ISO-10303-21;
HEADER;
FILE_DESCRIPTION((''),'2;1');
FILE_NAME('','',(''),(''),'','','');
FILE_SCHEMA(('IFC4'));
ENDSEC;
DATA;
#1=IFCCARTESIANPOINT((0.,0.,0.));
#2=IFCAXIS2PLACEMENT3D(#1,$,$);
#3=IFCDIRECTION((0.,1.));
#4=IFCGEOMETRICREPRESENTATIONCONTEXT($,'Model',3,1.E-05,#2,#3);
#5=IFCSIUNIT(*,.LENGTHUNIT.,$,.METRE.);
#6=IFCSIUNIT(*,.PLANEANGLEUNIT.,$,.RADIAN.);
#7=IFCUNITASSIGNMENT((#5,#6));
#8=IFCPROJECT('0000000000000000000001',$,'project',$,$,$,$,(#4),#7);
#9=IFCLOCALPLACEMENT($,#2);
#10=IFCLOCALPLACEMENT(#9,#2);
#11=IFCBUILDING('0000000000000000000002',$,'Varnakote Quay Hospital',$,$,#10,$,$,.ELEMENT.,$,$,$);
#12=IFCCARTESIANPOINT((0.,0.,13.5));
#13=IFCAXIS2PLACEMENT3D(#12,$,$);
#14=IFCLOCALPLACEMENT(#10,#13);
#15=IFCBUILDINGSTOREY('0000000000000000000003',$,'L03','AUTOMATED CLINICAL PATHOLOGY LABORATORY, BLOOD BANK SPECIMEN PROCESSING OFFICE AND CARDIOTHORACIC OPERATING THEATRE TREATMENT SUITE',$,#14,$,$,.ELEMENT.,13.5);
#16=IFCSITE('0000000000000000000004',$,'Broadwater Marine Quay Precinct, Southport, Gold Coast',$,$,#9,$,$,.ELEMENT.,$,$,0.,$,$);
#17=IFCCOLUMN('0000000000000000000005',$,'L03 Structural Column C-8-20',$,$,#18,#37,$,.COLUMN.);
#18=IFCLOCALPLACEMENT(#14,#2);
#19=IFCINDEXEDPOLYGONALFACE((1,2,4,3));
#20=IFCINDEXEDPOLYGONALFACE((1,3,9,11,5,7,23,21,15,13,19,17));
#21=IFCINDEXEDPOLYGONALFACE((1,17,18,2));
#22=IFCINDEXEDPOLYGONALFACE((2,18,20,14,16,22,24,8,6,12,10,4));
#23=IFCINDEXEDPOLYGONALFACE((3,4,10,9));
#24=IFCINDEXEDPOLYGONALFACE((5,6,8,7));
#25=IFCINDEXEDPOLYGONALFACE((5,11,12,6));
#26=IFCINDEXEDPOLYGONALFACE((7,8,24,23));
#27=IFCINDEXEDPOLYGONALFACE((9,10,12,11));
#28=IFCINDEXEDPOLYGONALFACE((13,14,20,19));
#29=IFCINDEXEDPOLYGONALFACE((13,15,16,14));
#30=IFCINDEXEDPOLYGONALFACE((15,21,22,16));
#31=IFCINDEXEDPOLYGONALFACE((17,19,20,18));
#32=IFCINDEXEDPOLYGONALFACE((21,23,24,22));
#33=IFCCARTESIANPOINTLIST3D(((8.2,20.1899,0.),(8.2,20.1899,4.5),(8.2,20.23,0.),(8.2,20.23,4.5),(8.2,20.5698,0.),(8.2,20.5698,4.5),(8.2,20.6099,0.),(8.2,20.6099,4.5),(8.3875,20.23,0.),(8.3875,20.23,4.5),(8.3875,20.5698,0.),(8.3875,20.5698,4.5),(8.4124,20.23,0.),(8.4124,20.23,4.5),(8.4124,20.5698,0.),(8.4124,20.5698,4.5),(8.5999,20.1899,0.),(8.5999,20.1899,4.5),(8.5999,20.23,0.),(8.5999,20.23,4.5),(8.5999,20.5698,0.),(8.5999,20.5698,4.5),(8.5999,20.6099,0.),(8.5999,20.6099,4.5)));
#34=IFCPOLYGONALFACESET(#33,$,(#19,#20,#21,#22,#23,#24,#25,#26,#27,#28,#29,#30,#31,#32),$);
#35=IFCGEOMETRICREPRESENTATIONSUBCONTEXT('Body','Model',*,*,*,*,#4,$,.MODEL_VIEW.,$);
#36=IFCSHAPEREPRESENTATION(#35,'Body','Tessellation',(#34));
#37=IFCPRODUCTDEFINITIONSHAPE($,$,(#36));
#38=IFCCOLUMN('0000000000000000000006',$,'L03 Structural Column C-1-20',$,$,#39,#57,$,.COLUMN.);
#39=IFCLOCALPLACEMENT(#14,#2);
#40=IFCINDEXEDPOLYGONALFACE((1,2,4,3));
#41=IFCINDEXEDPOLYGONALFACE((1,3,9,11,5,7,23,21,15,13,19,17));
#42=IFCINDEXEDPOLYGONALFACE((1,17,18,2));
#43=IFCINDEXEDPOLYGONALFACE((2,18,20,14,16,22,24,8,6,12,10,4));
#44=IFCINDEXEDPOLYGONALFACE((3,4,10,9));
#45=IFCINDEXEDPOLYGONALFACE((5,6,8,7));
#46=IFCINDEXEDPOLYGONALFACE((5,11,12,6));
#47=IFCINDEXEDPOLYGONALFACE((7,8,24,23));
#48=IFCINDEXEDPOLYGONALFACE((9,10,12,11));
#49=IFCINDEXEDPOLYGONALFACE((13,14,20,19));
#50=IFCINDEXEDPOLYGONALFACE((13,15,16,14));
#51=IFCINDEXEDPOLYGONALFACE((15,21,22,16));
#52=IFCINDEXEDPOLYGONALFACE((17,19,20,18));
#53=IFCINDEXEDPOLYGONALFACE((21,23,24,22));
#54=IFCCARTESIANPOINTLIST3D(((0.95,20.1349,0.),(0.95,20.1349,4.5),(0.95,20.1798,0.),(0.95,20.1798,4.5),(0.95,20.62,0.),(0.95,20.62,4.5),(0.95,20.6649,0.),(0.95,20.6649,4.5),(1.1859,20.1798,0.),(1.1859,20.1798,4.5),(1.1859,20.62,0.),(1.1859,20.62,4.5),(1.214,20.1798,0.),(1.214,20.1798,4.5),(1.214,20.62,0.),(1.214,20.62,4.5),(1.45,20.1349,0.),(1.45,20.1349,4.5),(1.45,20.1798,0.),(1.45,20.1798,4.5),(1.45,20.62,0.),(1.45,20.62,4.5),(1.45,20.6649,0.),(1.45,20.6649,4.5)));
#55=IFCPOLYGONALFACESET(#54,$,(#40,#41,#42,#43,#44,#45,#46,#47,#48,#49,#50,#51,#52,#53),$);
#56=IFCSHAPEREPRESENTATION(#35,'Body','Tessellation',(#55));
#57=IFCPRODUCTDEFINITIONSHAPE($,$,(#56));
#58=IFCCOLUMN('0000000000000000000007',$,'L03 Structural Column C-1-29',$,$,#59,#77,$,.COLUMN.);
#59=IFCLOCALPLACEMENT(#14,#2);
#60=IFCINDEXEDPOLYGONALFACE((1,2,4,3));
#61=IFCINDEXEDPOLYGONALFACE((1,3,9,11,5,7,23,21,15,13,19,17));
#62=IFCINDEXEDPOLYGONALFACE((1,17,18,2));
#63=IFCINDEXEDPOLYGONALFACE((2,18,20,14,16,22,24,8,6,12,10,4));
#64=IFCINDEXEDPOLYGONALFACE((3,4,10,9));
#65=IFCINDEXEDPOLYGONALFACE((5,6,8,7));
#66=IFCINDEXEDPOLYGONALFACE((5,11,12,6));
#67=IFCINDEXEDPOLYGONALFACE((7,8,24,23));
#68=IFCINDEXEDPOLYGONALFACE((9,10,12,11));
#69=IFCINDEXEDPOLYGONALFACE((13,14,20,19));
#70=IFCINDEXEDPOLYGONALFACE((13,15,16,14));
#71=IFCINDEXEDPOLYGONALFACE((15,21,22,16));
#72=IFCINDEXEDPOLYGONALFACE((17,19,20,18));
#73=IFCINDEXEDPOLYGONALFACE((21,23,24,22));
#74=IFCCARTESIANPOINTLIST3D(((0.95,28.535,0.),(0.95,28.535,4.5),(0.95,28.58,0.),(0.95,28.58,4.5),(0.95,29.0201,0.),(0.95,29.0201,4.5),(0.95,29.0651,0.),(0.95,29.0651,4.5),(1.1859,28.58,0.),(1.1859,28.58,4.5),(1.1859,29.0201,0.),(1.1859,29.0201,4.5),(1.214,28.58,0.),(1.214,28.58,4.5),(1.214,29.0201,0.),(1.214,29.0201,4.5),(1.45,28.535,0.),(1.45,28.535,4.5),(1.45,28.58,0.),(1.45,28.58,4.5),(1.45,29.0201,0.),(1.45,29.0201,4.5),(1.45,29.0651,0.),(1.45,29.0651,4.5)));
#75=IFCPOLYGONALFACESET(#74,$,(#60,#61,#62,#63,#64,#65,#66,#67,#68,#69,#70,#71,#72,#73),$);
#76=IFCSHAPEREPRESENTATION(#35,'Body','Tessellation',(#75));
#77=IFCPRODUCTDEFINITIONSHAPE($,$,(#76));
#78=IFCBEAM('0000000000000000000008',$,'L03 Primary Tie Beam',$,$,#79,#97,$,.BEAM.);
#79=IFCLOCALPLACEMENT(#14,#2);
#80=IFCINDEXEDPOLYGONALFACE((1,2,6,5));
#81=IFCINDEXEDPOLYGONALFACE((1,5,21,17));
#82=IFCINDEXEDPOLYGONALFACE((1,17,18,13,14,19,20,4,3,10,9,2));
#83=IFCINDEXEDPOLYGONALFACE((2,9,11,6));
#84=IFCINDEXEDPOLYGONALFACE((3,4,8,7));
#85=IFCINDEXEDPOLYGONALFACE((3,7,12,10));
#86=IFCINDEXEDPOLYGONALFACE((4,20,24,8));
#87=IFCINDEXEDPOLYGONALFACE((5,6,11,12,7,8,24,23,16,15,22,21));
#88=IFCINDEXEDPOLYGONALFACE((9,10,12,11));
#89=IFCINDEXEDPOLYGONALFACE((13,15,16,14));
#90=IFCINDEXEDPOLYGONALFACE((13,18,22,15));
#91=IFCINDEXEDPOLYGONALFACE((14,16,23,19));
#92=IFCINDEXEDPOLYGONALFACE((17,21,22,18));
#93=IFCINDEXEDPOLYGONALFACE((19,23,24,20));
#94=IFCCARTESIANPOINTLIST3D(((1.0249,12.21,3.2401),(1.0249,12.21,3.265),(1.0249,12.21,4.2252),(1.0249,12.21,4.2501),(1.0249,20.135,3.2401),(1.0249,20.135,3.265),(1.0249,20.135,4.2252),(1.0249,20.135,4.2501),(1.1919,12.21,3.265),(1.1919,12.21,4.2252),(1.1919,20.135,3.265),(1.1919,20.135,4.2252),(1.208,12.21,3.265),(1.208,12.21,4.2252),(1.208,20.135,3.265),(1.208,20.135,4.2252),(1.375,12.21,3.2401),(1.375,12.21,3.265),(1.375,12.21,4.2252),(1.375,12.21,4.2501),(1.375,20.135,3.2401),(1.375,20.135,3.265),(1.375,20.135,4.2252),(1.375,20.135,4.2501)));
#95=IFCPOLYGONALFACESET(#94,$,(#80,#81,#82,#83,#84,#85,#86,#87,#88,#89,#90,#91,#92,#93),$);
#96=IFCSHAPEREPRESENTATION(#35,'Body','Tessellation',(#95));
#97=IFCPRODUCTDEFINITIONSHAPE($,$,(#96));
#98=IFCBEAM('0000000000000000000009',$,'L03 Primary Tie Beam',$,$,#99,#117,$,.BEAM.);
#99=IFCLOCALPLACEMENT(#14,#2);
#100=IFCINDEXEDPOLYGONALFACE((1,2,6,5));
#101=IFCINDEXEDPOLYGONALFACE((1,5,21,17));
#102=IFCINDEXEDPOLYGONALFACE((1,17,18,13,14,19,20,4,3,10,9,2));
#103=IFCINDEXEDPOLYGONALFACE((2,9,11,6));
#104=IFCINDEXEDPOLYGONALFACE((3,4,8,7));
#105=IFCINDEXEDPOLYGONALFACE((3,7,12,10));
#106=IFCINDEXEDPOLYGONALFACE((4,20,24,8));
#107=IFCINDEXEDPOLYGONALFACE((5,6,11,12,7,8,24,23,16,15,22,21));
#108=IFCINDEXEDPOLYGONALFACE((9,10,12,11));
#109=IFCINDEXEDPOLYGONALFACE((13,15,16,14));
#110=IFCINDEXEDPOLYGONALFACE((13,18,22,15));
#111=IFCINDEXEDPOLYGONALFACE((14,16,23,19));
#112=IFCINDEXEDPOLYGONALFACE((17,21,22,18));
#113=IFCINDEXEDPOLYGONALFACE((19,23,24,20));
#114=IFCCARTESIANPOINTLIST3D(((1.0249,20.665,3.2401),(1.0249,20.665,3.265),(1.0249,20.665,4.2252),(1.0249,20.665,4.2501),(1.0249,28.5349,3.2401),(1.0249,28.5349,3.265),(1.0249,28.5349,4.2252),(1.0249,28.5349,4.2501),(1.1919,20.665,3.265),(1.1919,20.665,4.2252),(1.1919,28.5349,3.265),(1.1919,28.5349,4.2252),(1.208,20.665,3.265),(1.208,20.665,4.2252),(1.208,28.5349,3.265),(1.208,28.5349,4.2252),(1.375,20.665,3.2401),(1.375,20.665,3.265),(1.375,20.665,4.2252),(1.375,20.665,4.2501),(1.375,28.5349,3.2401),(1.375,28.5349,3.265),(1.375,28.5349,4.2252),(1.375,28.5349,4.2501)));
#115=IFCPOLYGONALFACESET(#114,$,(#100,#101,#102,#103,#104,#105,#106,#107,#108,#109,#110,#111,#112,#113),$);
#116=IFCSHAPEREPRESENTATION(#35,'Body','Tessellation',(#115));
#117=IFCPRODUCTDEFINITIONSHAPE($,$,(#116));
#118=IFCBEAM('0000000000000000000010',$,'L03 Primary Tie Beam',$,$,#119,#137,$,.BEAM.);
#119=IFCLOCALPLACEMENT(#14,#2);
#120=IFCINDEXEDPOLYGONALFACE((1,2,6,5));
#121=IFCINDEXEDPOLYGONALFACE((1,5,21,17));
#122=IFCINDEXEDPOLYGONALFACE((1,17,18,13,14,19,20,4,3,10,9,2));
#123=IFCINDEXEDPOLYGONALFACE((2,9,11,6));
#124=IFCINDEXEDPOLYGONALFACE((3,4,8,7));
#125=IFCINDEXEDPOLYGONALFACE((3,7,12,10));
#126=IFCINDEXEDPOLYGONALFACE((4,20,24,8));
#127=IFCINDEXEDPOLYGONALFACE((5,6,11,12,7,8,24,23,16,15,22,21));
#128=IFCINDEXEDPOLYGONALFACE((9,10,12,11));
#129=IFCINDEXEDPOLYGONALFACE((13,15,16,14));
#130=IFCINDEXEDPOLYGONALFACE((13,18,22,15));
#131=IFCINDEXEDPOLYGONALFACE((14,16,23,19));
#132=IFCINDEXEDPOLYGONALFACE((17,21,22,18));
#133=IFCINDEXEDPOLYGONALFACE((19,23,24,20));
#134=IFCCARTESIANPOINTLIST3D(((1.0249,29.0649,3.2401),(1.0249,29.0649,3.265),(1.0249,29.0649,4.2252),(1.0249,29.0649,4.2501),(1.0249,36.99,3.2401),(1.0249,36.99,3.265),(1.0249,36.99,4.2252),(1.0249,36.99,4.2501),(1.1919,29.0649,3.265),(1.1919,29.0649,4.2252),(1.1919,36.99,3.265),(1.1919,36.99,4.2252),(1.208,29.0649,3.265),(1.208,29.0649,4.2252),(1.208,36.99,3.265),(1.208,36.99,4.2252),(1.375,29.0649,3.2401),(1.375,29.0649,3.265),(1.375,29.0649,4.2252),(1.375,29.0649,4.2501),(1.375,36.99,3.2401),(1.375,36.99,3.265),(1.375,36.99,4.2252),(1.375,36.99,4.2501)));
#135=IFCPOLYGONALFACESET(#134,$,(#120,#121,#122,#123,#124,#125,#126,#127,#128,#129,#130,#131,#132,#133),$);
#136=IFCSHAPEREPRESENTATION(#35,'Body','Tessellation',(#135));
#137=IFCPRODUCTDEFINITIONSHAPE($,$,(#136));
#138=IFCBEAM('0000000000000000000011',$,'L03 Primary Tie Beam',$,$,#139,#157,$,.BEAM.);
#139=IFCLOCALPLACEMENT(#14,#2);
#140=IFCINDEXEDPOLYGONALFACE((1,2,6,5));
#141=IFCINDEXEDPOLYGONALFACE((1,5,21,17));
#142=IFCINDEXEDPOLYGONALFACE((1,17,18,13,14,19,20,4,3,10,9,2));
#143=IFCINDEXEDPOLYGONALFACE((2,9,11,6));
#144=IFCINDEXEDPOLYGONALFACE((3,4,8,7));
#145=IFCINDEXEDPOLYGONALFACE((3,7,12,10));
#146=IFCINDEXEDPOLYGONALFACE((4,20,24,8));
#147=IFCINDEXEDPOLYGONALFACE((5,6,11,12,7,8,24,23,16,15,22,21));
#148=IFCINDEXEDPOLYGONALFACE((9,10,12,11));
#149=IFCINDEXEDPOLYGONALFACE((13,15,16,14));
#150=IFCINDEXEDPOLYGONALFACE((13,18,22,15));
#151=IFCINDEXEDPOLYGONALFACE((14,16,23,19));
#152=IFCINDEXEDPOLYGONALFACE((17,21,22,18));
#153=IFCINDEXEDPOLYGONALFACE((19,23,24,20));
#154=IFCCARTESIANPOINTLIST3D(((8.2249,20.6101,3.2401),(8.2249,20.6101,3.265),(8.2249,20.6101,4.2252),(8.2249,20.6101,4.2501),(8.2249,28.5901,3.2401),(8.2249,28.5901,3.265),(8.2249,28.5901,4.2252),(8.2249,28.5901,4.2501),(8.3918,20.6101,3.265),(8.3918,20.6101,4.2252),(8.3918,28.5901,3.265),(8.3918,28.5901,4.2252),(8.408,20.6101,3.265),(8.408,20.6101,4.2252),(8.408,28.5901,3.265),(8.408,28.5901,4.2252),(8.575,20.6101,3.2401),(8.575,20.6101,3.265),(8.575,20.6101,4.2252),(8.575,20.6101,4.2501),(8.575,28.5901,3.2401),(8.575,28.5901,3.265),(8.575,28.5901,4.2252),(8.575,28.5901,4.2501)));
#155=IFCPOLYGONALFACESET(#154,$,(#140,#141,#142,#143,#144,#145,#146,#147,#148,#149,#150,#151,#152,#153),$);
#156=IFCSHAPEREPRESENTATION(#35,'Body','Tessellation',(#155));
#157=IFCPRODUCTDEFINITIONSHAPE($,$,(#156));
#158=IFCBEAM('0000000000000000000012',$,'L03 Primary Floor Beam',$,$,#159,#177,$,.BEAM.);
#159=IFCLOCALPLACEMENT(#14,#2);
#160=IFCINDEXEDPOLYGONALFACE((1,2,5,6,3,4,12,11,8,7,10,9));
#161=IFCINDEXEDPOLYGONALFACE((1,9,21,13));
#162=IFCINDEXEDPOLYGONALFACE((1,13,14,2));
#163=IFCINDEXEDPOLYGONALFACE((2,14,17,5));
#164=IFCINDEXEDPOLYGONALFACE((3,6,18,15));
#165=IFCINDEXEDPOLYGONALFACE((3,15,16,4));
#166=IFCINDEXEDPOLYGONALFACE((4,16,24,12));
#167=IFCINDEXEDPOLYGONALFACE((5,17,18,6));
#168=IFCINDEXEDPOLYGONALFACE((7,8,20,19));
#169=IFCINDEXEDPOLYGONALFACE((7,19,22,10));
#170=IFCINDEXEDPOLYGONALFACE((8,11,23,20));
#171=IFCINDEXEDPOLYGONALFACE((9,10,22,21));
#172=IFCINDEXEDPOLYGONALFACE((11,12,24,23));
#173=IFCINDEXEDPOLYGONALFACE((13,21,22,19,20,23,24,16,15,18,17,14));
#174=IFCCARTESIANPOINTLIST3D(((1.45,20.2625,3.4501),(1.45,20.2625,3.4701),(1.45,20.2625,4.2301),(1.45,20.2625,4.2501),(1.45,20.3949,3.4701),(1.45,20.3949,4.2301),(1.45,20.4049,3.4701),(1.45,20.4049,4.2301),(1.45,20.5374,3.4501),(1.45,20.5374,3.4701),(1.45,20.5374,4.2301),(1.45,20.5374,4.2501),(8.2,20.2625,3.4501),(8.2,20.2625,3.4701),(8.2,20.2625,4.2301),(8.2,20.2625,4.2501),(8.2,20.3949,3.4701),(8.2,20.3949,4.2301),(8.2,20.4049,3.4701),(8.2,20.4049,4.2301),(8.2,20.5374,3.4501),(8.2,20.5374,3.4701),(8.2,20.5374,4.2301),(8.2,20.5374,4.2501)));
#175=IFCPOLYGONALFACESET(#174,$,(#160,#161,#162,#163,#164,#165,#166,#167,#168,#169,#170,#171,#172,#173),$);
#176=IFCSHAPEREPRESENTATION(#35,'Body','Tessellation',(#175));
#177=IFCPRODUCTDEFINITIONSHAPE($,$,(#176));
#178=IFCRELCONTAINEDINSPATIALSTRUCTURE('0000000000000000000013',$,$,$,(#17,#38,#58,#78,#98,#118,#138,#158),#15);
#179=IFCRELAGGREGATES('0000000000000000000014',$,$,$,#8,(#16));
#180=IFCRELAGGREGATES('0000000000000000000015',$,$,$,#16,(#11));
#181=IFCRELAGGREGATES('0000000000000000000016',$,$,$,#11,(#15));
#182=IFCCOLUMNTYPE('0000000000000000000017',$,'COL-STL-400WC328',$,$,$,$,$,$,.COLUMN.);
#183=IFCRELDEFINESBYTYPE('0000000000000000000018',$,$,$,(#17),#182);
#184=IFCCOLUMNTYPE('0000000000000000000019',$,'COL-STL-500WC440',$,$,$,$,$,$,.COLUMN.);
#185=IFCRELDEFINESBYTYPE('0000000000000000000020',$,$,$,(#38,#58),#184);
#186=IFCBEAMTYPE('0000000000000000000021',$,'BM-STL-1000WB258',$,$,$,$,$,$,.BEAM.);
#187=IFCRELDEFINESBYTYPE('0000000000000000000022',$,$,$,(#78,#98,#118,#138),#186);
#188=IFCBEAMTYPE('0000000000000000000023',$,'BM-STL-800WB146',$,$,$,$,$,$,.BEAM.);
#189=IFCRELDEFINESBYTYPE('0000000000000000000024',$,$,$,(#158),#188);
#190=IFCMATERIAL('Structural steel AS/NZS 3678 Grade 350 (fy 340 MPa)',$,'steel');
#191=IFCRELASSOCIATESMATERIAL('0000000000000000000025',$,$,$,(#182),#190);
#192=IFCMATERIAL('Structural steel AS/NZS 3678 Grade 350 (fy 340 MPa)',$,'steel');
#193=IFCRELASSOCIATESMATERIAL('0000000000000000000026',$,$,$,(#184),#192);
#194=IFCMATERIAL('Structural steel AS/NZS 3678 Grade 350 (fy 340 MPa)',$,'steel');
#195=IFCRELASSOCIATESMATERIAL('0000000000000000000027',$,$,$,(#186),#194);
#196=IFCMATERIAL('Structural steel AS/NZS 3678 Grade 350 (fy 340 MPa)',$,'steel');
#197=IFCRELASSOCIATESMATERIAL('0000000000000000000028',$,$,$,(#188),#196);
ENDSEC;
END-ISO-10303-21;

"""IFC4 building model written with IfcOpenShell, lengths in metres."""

from ifc_helpers import new_model, si_unit, direction, frame, origin, origin_2d, place, context, subcontext, project, spatial, i_section, extrude, material, material_profile, profile_set, type_object, element, save


model = new_model("IFC4")

# Units and contexts
model_context = context("Model", 3, precision=1e-05, world=origin(), true_north=direction((0.0, 1.0)))
body_context = subcontext(model_context, "Body", "Model", "MODEL_VIEW")
ifc_project = project(units=[si_unit("LENGTHUNIT", "METRE"), si_unit("PLANEANGLEUNIT", "RADIAN")], contexts=[model_context])

# Site, building, storey
site_placement = place(None, origin())
site = spatial("IfcSite", under=ifc_project, at=site_placement, Name="Broadwater Marine Quay Precinct, Southport, Gold Coast", CompositionType="ELEMENT", RefElevation=0.0)
building_placement = place(site_placement, origin())
building = spatial("IfcBuilding", under=site, at=building_placement, Name="Varnakote Quay Hospital", CompositionType="ELEMENT")
storey_placement = place(building_placement, frame((0.0, 0.0, 13.5)))
storey = spatial("IfcBuildingStorey", under=building, at=storey_placement, Name="L03", Description="AUTOMATED CLINICAL PATHOLOGY LABORATORY, BLOOD BANK SPECIMEN PROCESSING OFFICE AND CARDIOTHORACIC OPERATING THEATRE TREATMENT SUITE", CompositionType="ELEMENT", Elevation=13.5)

# Columns
ifc_material_1 = material(Name="Structural steel AS/NZS 3678 Grade 350 (fy 340 MPa)", Category="steel")
ifc_material_profile_1 = material_profile(ifc_material_1, i_section(OverallWidth=0.3999, OverallDepth=0.4199, WebThickness=0.0249, FlangeThickness=0.04, at=origin_2d()), Name="400WC328")
ifc_profile_set_1 = profile_set([ifc_material_profile_1], Name="Structural steel AS/NZS 3678 Grade 350 (fy 340 MPa)")
column_type_1 = type_object("IfcColumnType", Name="COL-STL-400WC328", PredefinedType="COLUMN", material=ifc_profile_set_1)
column_placement = place(storey_placement, frame((8.3999, 20.3999, 0.0), z_axis=(0.0, 0.0, 1.0), x_axis=(1.0, 0.0, 0.0)))
element("IfcColumn", 1, at=column_placement, inside=storey, type_object=column_type_1, Name="L03 Structural Column C-8-20", PredefinedType="COLUMN", context=body_context, shape_type="SweptSolid", body=[
    extrude(i_section(OverallWidth=0.3999, OverallDepth=0.4199, WebThickness=0.0249, FlangeThickness=0.04, at=origin_2d()), origin(), (0.0, 0.0, 1.0), 4.5),
])
ifc_material_2 = material(Name="Structural steel AS/NZS 3678 Grade 350 (fy 340 MPa)", Category="steel")
ifc_material_profile_2 = material_profile(ifc_material_2, i_section(OverallWidth=0.5, OverallDepth=0.53, WebThickness=0.0281, FlangeThickness=0.0449, at=origin_2d()), Name="500WC440")
ifc_profile_set_2 = profile_set([ifc_material_profile_2], Name="Structural steel AS/NZS 3678 Grade 350 (fy 340 MPa)")
column_type_2 = type_object("IfcColumnType", Name="COL-STL-500WC440", PredefinedType="COLUMN", material=ifc_profile_set_2)
for number, where, z_axis, x_axis, name in (
    (2, (1.2, 20.3999, 0.0), (0.0, 0.0, 1.0), (1.0, 0.0, 0.0), "L03 Structural Column C-1-20"),
    (3, (1.2, 28.8, 0.0), (0.0, 0.0, 1.0), (1.0, 0.0, 0.0), "L03 Structural Column C-1-29"),
):
    element("IfcColumn", number, at=place(storey_placement, frame(where, z_axis=z_axis, x_axis=x_axis)), inside=storey, type_object=column_type_2, Name=name, PredefinedType="COLUMN", context=body_context, shape_type="SweptSolid", body=[
        extrude(i_section(OverallWidth=0.5, OverallDepth=0.53, WebThickness=0.0281, FlangeThickness=0.0449, at=origin_2d()), origin(), (0.0, 0.0, 1.0), 4.5),
    ])

# Beams
ifc_material_3 = material(Name="Structural steel AS/NZS 3678 Grade 350 (fy 340 MPa)", Category="steel")
ifc_material_profile_3 = material_profile(ifc_material_3, i_section(OverallWidth=0.3501, OverallDepth=1.01, WebThickness=0.0161, FlangeThickness=0.0249, at=origin_2d()), Name="1000WB258")
ifc_profile_set_3 = profile_set([ifc_material_profile_3], Name="Structural steel AS/NZS 3678 Grade 350 (fy 340 MPa)")
beam_type_1 = type_object("IfcBeamType", Name="BM-STL-1000WB258", PredefinedType="BEAM", material=ifc_profile_set_3)
beam_1_placement = place(storey_placement, frame((1.2, 12.21, 3.7451), z_axis=(0.0, 1.0, 0.0), x_axis=(-1.0, 0.0, 0.0)))
element("IfcBeam", 4, at=beam_1_placement, inside=storey, type_object=beam_type_1, Name="L03 Primary Tie Beam", PredefinedType="BEAM", context=body_context, shape_type="SweptSolid", body=[
    extrude(i_section(OverallWidth=0.3501, OverallDepth=1.01, WebThickness=0.0161, FlangeThickness=0.0249, at=origin_2d()), origin(), (0.0, 0.0, 1.0), 7.925),
])
beam_2_placement = place(storey_placement, frame((1.2, 20.665, 3.7451), z_axis=(0.0, 1.0, 0.0), x_axis=(-1.0, 0.0, 0.0)))
element("IfcBeam", 5, at=beam_2_placement, inside=storey, type_object=beam_type_1, Name="L03 Primary Tie Beam", PredefinedType="BEAM", context=body_context, shape_type="SweptSolid", body=[
    extrude(i_section(OverallWidth=0.3501, OverallDepth=1.01, WebThickness=0.0161, FlangeThickness=0.0249, at=origin_2d()), origin(), (0.0, 0.0, 1.0), 7.8699),
])
beam_3_placement = place(storey_placement, frame((1.2, 29.0649, 3.7451), z_axis=(0.0, 1.0, 0.0), x_axis=(-1.0, 0.0, 0.0)))
element("IfcBeam", 6, at=beam_3_placement, inside=storey, type_object=beam_type_1, Name="L03 Primary Tie Beam", PredefinedType="BEAM", context=body_context, shape_type="SweptSolid", body=[
    extrude(i_section(OverallWidth=0.3501, OverallDepth=1.01, WebThickness=0.0161, FlangeThickness=0.0249, at=origin_2d()), origin(), (0.0, 0.0, 1.0), 7.925),
])
beam_4_placement = place(storey_placement, frame((8.3999, 20.6101, 3.7451), z_axis=(0.0, 1.0, 0.0), x_axis=(-1.0, 0.0, 0.0)))
element("IfcBeam", 7, at=beam_4_placement, inside=storey, type_object=beam_type_1, Name="L03 Primary Tie Beam", PredefinedType="BEAM", context=body_context, shape_type="SweptSolid", body=[
    extrude(i_section(OverallWidth=0.3501, OverallDepth=1.01, WebThickness=0.0161, FlangeThickness=0.0249, at=origin_2d()), origin(), (0.0, 0.0, 1.0), 7.98),
])
ifc_material_4 = material(Name="Structural steel AS/NZS 3678 Grade 350 (fy 340 MPa)", Category="steel")
ifc_material_profile_4 = material_profile(ifc_material_4, i_section(OverallWidth=0.2749, OverallDepth=0.8, WebThickness=0.01, FlangeThickness=0.02, at=origin_2d()), Name="800WB146")
ifc_profile_set_4 = profile_set([ifc_material_profile_4], Name="Structural steel AS/NZS 3678 Grade 350 (fy 340 MPa)")
beam_type_2 = type_object("IfcBeamType", Name="BM-STL-800WB146", PredefinedType="BEAM", material=ifc_profile_set_4)
for number, where, z_axis, x_axis, name in (
    (8, (1.45, 20.3999, 3.8501), (1.0, 0.0, 0.0), (0.0, 1.0, 0.0), "L03 Primary Floor Beam"),
):
    element("IfcBeam", number, at=place(storey_placement, frame(where, z_axis=z_axis, x_axis=x_axis)), inside=storey, type_object=beam_type_2, Name=name, PredefinedType="BEAM", context=body_context, shape_type="SweptSolid", body=[
        extrude(i_section(OverallWidth=0.2749, OverallDepth=0.8, WebThickness=0.01, FlangeThickness=0.02, at=origin_2d()), origin(), (0.0, 0.0, 1.0), 6.75),
    ])

save(model, "model.ifc")
